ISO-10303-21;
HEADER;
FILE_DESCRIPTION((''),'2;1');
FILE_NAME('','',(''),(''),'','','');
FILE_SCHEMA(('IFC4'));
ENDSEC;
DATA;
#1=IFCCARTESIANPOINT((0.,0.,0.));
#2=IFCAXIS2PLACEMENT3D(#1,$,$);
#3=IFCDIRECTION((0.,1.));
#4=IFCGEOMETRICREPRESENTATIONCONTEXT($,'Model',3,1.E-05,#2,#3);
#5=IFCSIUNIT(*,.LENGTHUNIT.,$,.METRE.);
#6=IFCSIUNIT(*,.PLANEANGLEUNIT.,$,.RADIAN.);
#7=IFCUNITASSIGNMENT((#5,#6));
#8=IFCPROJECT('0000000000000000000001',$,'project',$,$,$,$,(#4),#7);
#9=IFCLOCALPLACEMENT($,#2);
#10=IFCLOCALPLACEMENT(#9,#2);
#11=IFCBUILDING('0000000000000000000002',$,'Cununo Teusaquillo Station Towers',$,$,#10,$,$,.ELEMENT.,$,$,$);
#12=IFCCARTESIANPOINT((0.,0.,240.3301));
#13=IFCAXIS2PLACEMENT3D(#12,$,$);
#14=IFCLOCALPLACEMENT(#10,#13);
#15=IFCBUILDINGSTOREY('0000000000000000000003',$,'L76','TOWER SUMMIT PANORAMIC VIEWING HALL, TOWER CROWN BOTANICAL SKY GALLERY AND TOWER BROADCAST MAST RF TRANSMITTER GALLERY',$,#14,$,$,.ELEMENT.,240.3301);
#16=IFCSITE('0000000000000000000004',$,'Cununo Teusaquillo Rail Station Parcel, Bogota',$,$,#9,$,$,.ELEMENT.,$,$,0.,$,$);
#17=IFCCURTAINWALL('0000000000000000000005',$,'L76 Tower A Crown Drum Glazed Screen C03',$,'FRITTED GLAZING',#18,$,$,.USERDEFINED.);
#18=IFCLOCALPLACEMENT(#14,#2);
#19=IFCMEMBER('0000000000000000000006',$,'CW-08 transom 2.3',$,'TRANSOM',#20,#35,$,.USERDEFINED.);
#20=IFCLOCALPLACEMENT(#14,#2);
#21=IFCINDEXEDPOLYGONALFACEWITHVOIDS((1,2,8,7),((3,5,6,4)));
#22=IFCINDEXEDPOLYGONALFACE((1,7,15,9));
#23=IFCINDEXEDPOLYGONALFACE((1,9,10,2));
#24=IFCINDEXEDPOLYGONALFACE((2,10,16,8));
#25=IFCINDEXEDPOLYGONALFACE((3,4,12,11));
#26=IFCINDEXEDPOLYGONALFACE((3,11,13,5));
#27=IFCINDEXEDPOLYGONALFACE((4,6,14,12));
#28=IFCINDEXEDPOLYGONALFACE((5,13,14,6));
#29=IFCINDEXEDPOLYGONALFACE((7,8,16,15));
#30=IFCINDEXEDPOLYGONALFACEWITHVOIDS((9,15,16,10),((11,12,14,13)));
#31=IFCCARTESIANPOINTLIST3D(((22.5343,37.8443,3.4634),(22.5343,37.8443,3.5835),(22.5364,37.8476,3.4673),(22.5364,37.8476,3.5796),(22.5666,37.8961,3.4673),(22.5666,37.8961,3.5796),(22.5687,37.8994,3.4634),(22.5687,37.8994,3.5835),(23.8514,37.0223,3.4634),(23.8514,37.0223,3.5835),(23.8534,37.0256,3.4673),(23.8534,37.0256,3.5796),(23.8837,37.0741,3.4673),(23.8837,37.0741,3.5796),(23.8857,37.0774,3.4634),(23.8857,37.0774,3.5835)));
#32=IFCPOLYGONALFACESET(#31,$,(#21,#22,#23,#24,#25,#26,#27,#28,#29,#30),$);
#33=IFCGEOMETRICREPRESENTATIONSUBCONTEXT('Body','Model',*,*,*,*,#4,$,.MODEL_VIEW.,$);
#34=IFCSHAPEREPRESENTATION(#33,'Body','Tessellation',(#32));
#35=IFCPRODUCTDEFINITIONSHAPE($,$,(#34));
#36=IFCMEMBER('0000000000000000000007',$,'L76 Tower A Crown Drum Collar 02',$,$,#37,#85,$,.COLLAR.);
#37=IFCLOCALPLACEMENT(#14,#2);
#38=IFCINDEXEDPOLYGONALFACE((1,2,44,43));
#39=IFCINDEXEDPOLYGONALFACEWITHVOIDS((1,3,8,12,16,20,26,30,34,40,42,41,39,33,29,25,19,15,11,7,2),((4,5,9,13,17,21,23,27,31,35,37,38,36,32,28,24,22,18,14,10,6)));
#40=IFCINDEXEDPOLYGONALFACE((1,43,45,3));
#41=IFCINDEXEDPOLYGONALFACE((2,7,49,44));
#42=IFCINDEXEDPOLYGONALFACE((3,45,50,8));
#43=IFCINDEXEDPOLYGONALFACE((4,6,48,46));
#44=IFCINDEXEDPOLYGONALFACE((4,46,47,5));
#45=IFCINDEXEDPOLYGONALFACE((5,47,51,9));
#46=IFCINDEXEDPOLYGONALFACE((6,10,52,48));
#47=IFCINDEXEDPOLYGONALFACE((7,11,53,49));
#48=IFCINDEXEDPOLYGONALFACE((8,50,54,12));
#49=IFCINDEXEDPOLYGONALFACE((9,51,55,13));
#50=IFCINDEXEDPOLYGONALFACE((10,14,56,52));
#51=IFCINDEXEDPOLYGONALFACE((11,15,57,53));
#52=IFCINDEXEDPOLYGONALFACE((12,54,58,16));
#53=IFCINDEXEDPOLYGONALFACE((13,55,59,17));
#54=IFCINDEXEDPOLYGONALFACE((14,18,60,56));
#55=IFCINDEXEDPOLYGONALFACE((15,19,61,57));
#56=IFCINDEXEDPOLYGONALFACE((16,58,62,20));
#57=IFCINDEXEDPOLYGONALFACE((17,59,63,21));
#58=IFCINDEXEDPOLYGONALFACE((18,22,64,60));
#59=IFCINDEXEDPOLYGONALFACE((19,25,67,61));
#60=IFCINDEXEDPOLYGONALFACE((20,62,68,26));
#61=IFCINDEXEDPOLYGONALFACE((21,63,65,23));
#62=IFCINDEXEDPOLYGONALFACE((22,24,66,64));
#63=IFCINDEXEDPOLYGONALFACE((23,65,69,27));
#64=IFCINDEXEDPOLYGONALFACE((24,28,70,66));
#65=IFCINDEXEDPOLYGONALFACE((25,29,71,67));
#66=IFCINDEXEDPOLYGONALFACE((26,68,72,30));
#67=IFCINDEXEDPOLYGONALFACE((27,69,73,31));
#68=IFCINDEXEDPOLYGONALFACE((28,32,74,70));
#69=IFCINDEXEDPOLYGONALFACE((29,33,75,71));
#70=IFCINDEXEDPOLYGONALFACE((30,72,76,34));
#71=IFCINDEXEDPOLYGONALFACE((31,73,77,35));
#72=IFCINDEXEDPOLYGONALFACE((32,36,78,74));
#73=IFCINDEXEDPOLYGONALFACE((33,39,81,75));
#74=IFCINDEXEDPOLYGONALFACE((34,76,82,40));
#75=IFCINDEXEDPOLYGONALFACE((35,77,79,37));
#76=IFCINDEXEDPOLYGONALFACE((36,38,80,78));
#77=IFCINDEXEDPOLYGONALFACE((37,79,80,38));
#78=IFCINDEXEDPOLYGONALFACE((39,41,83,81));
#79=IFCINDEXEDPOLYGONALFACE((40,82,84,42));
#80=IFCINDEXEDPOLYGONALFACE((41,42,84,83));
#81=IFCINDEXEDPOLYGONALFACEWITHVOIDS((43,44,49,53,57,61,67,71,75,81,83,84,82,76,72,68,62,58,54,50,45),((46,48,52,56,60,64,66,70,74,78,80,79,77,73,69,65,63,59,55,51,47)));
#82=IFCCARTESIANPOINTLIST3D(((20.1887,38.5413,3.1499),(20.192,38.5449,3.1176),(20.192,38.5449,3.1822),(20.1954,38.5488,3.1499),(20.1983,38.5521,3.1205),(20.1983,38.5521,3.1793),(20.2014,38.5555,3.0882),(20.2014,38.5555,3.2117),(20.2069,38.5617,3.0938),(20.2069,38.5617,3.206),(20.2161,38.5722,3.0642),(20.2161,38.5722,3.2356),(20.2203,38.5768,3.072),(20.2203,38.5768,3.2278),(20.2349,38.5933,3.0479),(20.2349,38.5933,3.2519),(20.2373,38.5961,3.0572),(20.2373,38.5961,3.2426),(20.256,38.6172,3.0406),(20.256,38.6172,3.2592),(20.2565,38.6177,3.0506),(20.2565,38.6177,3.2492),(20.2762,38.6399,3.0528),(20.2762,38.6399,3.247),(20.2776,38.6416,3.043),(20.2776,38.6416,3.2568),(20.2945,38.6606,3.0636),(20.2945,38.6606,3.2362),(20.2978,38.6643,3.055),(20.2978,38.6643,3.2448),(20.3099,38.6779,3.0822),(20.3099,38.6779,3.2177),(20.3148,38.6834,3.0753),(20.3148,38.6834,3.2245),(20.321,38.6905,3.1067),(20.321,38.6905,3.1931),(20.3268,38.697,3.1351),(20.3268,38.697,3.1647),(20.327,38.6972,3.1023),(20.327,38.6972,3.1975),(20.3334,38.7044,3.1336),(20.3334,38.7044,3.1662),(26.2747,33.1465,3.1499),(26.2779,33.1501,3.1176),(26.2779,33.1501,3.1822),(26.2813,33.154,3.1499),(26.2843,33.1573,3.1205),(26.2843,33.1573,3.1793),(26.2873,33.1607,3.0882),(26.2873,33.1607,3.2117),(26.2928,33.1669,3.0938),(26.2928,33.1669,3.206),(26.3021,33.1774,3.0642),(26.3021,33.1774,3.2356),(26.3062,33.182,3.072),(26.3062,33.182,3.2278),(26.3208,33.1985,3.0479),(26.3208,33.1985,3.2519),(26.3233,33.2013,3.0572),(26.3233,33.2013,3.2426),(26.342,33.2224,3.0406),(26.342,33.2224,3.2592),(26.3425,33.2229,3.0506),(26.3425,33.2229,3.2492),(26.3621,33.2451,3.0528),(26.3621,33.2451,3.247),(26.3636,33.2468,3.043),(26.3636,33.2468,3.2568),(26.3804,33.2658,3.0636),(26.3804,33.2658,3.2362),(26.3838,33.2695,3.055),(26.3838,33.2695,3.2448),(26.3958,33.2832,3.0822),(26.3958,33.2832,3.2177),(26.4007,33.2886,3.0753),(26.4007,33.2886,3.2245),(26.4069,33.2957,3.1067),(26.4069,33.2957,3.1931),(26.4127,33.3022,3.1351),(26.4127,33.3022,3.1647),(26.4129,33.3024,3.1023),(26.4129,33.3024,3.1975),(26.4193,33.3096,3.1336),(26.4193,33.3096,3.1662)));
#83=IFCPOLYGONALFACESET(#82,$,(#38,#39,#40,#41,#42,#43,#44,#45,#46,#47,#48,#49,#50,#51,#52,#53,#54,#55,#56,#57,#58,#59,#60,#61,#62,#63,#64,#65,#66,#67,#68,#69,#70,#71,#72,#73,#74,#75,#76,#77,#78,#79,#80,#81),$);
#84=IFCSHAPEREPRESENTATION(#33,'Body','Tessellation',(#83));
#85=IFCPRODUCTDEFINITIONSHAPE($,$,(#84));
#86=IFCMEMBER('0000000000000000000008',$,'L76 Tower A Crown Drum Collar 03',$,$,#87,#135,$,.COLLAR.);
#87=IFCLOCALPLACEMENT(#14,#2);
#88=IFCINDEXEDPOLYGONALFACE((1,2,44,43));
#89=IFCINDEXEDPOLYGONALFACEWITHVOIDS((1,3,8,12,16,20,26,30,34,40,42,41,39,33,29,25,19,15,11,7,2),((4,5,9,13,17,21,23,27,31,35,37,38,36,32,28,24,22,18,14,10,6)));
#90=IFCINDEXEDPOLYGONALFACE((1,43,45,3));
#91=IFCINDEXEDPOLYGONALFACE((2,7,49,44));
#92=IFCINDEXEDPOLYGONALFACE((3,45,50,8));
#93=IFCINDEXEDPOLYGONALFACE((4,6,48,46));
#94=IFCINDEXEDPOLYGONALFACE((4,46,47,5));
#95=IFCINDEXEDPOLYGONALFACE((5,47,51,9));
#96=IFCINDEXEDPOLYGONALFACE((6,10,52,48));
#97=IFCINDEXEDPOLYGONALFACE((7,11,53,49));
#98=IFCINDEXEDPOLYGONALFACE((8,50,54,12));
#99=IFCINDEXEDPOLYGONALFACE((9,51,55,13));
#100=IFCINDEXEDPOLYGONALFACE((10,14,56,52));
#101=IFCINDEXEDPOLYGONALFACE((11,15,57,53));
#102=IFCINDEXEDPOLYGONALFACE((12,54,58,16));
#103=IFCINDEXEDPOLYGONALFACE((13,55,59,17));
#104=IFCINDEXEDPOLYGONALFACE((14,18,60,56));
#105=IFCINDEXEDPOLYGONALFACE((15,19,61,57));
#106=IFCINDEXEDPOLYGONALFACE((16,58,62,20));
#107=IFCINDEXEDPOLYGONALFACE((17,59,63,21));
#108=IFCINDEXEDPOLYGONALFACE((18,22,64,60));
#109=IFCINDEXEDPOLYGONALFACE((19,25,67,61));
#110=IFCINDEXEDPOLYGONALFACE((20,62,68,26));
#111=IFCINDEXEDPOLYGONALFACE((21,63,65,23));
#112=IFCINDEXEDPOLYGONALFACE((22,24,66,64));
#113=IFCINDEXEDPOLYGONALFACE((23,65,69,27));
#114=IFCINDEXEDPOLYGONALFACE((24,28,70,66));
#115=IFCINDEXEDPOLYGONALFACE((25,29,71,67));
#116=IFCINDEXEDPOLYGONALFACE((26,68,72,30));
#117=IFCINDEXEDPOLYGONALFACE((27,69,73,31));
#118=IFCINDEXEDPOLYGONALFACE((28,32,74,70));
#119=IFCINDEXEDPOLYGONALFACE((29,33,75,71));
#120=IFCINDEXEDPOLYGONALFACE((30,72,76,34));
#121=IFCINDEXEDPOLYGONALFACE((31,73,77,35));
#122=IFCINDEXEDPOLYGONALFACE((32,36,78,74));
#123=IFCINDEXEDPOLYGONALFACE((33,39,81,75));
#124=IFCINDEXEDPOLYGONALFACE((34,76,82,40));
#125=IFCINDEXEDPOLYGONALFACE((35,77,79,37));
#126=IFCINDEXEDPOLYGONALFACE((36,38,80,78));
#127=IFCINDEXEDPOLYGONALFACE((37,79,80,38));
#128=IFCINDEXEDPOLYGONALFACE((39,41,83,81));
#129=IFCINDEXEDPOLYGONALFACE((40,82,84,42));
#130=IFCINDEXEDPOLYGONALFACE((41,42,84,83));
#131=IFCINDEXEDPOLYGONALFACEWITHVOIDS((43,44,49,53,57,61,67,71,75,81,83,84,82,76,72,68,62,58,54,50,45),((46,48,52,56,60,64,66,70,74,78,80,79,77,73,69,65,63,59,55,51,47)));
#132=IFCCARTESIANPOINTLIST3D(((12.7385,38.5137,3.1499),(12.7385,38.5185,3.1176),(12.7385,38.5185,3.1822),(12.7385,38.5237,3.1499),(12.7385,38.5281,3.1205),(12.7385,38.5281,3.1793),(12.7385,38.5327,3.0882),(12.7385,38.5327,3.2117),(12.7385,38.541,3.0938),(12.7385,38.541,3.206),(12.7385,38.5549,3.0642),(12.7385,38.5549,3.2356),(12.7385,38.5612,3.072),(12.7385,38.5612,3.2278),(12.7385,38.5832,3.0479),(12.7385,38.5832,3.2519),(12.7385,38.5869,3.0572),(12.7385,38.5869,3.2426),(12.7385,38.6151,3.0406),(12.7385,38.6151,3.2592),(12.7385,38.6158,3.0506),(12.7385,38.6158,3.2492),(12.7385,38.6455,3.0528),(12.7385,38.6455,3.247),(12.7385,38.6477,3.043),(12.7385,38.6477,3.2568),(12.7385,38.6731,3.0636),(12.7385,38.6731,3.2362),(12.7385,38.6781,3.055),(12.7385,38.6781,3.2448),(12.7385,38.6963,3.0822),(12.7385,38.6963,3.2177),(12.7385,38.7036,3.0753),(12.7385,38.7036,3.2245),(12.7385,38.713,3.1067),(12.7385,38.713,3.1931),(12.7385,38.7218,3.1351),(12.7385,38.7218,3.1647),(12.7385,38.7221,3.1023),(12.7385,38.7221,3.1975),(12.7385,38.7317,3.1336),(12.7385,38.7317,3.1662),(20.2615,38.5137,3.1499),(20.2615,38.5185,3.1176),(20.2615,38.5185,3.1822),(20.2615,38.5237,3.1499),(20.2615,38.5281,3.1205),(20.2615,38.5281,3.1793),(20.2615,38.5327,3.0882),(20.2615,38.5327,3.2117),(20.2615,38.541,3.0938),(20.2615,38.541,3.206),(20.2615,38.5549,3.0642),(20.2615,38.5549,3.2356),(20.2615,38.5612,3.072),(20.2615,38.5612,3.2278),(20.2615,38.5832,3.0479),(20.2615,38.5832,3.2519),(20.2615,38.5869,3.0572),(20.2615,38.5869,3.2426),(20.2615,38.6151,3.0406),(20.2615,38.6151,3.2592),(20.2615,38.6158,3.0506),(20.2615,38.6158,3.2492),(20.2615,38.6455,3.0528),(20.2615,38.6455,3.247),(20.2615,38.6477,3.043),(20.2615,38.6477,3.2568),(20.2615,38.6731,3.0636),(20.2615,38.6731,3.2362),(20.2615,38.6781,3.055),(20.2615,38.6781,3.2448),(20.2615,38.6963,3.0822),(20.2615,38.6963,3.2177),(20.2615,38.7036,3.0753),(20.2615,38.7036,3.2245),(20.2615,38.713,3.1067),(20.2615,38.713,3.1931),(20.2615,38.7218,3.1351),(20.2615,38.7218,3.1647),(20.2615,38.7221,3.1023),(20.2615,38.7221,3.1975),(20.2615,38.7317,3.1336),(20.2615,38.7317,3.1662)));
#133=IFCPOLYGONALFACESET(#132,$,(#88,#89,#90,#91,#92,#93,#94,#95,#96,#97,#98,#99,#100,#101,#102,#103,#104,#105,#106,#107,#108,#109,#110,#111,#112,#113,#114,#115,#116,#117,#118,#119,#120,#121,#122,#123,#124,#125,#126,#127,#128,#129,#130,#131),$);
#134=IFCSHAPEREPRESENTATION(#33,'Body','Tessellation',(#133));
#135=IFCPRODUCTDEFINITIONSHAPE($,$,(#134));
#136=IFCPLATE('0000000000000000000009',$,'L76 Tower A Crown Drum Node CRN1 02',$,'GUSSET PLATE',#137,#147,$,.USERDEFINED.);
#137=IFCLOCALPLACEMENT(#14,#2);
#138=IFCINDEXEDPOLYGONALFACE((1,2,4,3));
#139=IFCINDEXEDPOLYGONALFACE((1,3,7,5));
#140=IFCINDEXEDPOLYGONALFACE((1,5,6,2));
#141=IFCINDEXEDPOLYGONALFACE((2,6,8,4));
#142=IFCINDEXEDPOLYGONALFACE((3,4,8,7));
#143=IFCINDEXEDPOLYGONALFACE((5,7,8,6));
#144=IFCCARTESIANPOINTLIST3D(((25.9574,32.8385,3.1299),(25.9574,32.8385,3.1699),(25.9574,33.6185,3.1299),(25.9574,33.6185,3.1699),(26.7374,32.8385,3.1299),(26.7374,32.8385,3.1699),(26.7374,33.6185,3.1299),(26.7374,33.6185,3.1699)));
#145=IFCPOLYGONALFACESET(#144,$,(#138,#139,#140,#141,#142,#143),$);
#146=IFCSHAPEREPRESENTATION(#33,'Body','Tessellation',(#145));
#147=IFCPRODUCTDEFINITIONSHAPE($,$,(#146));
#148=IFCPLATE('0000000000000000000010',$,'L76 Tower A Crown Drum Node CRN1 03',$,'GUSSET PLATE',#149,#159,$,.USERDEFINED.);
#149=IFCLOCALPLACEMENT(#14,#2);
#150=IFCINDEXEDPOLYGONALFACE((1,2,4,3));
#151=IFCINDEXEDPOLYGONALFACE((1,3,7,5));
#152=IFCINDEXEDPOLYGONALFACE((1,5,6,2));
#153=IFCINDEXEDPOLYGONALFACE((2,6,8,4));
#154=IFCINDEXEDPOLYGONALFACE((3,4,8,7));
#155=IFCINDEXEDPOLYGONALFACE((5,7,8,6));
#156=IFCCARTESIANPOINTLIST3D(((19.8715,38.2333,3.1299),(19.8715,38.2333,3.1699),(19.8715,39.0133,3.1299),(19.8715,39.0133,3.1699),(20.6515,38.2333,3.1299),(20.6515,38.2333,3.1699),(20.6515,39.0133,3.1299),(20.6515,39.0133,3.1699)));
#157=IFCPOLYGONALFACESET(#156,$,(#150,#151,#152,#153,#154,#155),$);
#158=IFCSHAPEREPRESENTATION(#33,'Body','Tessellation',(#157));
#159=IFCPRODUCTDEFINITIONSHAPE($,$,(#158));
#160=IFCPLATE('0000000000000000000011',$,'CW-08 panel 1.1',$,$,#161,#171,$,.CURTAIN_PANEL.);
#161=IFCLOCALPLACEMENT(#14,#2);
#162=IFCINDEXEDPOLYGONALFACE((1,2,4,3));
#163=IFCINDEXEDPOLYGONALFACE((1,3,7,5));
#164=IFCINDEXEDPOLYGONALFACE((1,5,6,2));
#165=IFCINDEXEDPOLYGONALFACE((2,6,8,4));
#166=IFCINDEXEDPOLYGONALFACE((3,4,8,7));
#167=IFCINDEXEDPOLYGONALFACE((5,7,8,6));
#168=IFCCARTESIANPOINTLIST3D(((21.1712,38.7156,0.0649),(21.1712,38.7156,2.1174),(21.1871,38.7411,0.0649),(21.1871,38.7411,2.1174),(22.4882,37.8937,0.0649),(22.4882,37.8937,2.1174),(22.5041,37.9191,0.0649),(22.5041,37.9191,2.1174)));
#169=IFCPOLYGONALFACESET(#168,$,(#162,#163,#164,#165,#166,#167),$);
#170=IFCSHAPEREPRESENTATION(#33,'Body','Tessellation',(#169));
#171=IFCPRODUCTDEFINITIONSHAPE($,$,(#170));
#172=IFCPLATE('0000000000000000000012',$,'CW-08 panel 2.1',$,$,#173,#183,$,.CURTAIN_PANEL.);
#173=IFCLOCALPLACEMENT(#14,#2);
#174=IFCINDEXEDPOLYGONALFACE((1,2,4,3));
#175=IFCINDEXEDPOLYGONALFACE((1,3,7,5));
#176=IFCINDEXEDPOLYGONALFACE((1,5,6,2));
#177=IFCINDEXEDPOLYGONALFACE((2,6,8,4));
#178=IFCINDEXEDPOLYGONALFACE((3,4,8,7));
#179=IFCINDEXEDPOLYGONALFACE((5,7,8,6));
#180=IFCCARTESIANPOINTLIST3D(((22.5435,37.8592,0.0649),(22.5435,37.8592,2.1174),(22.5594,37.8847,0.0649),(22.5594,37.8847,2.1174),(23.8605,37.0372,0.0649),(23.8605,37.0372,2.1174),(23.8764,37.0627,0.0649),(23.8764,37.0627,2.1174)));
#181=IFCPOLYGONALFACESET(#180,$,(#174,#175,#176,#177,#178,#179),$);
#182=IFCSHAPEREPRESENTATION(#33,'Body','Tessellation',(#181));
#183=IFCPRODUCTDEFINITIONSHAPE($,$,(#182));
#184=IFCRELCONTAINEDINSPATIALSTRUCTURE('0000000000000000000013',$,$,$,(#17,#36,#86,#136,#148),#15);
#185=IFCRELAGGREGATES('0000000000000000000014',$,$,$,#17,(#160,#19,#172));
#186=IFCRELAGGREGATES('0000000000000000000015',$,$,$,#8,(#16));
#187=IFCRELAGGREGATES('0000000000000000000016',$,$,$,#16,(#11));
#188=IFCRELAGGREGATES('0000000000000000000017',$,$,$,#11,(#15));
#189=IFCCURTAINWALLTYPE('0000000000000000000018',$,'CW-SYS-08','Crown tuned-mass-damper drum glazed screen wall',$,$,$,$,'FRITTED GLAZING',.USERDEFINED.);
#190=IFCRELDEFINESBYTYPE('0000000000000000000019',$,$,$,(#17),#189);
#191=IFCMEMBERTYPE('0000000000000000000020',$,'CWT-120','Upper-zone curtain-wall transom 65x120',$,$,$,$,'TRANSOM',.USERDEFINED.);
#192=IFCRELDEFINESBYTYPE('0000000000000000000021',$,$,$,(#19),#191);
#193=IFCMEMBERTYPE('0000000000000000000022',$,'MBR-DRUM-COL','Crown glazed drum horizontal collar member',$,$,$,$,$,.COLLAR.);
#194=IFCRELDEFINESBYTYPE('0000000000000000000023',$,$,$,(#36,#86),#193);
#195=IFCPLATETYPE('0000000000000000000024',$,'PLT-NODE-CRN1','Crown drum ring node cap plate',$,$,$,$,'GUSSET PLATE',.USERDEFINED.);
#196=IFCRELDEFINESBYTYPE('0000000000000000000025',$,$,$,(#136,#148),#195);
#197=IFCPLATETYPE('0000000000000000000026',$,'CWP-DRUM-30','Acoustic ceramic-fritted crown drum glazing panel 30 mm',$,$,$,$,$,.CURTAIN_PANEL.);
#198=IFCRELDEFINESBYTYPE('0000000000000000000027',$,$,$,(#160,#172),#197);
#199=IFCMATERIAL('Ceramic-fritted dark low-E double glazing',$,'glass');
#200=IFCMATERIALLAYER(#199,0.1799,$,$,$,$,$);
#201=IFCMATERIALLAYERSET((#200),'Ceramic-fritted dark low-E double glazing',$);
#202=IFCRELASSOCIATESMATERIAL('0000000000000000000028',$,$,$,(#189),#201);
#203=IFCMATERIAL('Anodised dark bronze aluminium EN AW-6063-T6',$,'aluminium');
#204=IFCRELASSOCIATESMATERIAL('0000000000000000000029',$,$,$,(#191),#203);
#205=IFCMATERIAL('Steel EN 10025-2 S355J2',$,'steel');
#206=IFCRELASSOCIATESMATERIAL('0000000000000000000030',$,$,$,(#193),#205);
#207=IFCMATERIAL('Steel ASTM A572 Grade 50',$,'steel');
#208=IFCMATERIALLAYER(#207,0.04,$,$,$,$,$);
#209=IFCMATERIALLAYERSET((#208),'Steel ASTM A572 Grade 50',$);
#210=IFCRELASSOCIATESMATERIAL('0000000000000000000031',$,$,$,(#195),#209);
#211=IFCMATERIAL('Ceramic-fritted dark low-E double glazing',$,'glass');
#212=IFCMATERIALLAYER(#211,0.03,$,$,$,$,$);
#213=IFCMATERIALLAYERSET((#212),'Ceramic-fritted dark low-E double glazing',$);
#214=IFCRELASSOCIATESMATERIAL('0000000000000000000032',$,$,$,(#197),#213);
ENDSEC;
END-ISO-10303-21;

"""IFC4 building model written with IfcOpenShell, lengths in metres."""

from ifc_helpers import new_model, si_unit, direction, frame, origin, origin_2d, place, context, subcontext, project, spatial, rectangle, hollow_rectangle, hollow_circle, extrude, source, transform, mapped, material, layer, layer_set, material_profile, profile_set, type_object, element, aggregate, save


model = new_model("IFC4")

# Units and contexts
model_context = context("Model", 3, precision=1e-05, world=origin(), true_north=direction((0.0, 1.0)))
body_context = subcontext(model_context, "Body", "Model", "MODEL_VIEW")
ifc_project = project(units=[si_unit("LENGTHUNIT", "METRE"), si_unit("PLANEANGLEUNIT", "RADIAN")], contexts=[model_context])

# Site, building, storey
site_placement = place(None, origin())
site = spatial("IfcSite", under=ifc_project, at=site_placement, Name="Cununo Teusaquillo Rail Station Parcel, Bogota", CompositionType="ELEMENT", RefElevation=0.0)
building_placement = place(site_placement, origin())
building = spatial("IfcBuilding", under=site, at=building_placement, Name="Cununo Teusaquillo Station Towers", CompositionType="ELEMENT")
storey_placement = place(building_placement, frame((0.0, 0.0, 240.3301)))
storey = spatial("IfcBuildingStorey", under=building, at=storey_placement, Name="L76", Description="TOWER SUMMIT PANORAMIC VIEWING HALL, TOWER CROWN BOTANICAL SKY GALLERY AND TOWER BROADCAST MAST RF TRANSMITTER GALLERY", CompositionType="ELEMENT", Elevation=240.3301)

# Curtain wall, member
ifc_material_1 = material(Name="Ceramic-fritted dark low-E double glazing", Category="glass")
ifc_layer_1 = layer(ifc_material_1, 0.1799)
ifc_layer_set_1 = layer_set([ifc_layer_1], Name="Ceramic-fritted dark low-E double glazing")
curtain_wall_type = type_object("IfcCurtainWallType", Name="CW-SYS-08", Description="Crown tuned-mass-damper drum glazed screen wall", ElementType="FRITTED GLAZING", PredefinedType="USERDEFINED", material=ifc_layer_set_1)
curtain_wall_placement = place(storey_placement, origin())
curtain_wall = element("IfcCurtainWall", 1, at=curtain_wall_placement, inside=storey, type_object=curtain_wall_type, Name="L76 Tower A Crown Drum Glazed Screen C03", ObjectType="FRITTED GLAZING", PredefinedType="USERDEFINED")
ifc_material_2 = material(Name="Anodised dark bronze aluminium EN AW-6063-T6", Category="aluminium")
ifc_material_profile_1 = material_profile(ifc_material_2, hollow_rectangle(XDim=0.0649, YDim=0.1201, WallThickness=0.0039, at=origin_2d()), Name="CW-TRAN-65x120")
ifc_profile_set_1 = profile_set([ifc_material_profile_1], Name="Anodised dark bronze aluminium EN AW-6063-T6")
member_type_1 = type_object("IfcMemberType", Name="CWT-120", Description="Upper-zone curtain-wall transom 65x120", ElementType="TRANSOM", PredefinedType="USERDEFINED", material=ifc_profile_set_1)
member_1_placement = place(storey_placement, frame((22.5515, 37.8718, 3.5234), z_axis=(0.848343, -0.529448, 0.0), x_axis=(0.529448, 0.848343, 0.0)))
member_1 = element("IfcMember", 2, at=member_1_placement, type_object=member_type_1, Name="CW-08 transom 2.3", ObjectType="TRANSOM", PredefinedType="USERDEFINED", context=body_context, shape_type="SweptSolid", body=[
    extrude(hollow_rectangle(XDim=0.0649, YDim=0.1201, WallThickness=0.0039, at=origin_2d()), origin(), (0.0, 0.0, 1.0), 1.5525),
])

# Members
ifc_material_3 = material(Name="Steel EN 10025-2 S355J2", Category="steel")
ifc_material_profile_2 = material_profile(ifc_material_3, hollow_circle(Radius=0.1096, WallThickness=0.01, at=origin_2d()), Name="CHS 219x10")
ifc_profile_set_2 = profile_set([ifc_material_profile_2], Name="Steel EN 10025-2 S355J2")
member_type_2 = type_object("IfcMemberType", Name="MBR-DRUM-COL", Description="Crown glazed drum horizontal collar member", PredefinedType="COLLAR", material=ifc_profile_set_2)
member_2_placement = place(storey_placement, frame((26.3474, 33.2285, 3.1499), z_axis=(-0.748321, 0.663337, 0.0), x_axis=(-0.663337, -0.748321, 0.0)))
element("IfcMember", 3, at=member_2_placement, inside=storey, type_object=member_type_2, Name="L76 Tower A Crown Drum Collar 02", PredefinedType="COLLAR", context=body_context, shape_type="SweptSolid", body=[
    extrude(hollow_circle(Radius=0.1096, WallThickness=0.01, at=origin_2d()), origin(), (0.0, 0.0, 1.0), 8.1328),
])
member_3_placement = place(storey_placement, frame((20.2615, 38.6233, 3.1499), z_axis=(-1.0, 0.0, 0.0), x_axis=(0.0, -1.0, 0.0)))
element("IfcMember", 4, at=member_3_placement, inside=storey, type_object=member_type_2, Name="L76 Tower A Crown Drum Collar 03", PredefinedType="COLLAR", context=body_context, shape_type="SweptSolid", body=[
    extrude(hollow_circle(Radius=0.1096, WallThickness=0.01, at=origin_2d()), origin(), (0.0, 0.0, 1.0), 7.5229),
])

# Plates
ifc_material_4 = material(Name="Steel ASTM A572 Grade 50", Category="steel")
ifc_layer_2 = layer(ifc_material_4, 0.04)
ifc_layer_set_2 = layer_set([ifc_layer_2], Name="Steel ASTM A572 Grade 50")
plate_type_1 = type_object("IfcPlateType", Name="PLT-NODE-CRN1", Description="Crown drum ring node cap plate", ElementType="GUSSET PLATE", PredefinedType="USERDEFINED", material=ifc_layer_set_2)
shared_shape_1 = source(origin(), body_context, "Body", "SweptSolid", [
    extrude(rectangle(XDim=0.78, YDim=0.78, at=origin_2d()), origin(), (0.0, 0.0, 1.0), 0.04),
])
for number, where, z_axis, x_axis, name in (
    (5, (26.3474, 33.2285, 3.1299), (0.0, 0.0, 1.0), (1.0, 0.0, 0.0), "L76 Tower A Crown Drum Node CRN1 02"),
    (6, (20.2615, 38.6233, 3.1299), (0.0, 0.0, 1.0), (1.0, 0.0, 0.0), "L76 Tower A Crown Drum Node CRN1 03"),
):
    element("IfcPlate", number, at=place(storey_placement, frame(where, z_axis=z_axis, x_axis=x_axis)), inside=storey, type_object=plate_type_1, Name=name, ObjectType="GUSSET PLATE", PredefinedType="USERDEFINED", context=body_context, shape_type="MappedRepresentation", body=[
        mapped(shared_shape_1, transform((0.0, 0.0, 0.0), x_axis=(1.0, 0.0, 0.0), y_axis=(0.0, 1.0, 0.0), z_axis=(0.0, 0.0, 1.0), scale=1.0)),
    ])

# Plates
ifc_material_5 = material(Name="Ceramic-fritted dark low-E double glazing", Category="glass")
ifc_layer_3 = layer(ifc_material_5, 0.03)
ifc_layer_set_3 = layer_set([ifc_layer_3], Name="Ceramic-fritted dark low-E double glazing")
plate_type_2 = type_object("IfcPlateType", Name="CWP-DRUM-30", Description="Acoustic ceramic-fritted crown drum glazing panel 30 mm", PredefinedType="CURTAIN_PANEL", material=ifc_layer_set_3)
shared_shape_2 = source(origin(), body_context, "Body", "SweptSolid", [
    extrude(rectangle(XDim=1.5525, YDim=0.03, at=origin_2d()), origin(), (0.0, 0.0, 1.0), 2.0525),
])
plate_1_placement = place(storey_placement, frame((21.8376, 38.3174, 0.0649), z_axis=(0.0, 0.0, 1.0), x_axis=(0.84834, -0.529451, 0.0)))
plate_1 = element("IfcPlate", 7, at=plate_1_placement, type_object=plate_type_2, Name="CW-08 panel 1.1", PredefinedType="CURTAIN_PANEL", context=body_context, shape_type="MappedRepresentation", body=[
    mapped(shared_shape_2, transform((0.0, 0.0, 0.0), x_axis=(1.0, 0.0, 0.0), y_axis=(0.0, 1.0, 0.0), z_axis=(0.0, 0.0, 1.0), scale=1.0)),
])
plate_2_placement = place(storey_placement, frame((23.21, 37.4609, 0.0649), z_axis=(0.0, 0.0, 1.0), x_axis=(0.84834, -0.529451, 0.0)))
plate_2 = element("IfcPlate", 8, at=plate_2_placement, type_object=plate_type_2, Name="CW-08 panel 2.1", PredefinedType="CURTAIN_PANEL", context=body_context, shape_type="MappedRepresentation", body=[
    mapped(shared_shape_2, transform((0.0, 0.0, 0.0), x_axis=(1.0, 0.0, 0.0), y_axis=(0.0, 1.0, 0.0), z_axis=(0.0, 0.0, 1.0), scale=1.0)),
])
aggregate(curtain_wall, [plate_1, member_1, plate_2])

save(model, "model.ifc")
